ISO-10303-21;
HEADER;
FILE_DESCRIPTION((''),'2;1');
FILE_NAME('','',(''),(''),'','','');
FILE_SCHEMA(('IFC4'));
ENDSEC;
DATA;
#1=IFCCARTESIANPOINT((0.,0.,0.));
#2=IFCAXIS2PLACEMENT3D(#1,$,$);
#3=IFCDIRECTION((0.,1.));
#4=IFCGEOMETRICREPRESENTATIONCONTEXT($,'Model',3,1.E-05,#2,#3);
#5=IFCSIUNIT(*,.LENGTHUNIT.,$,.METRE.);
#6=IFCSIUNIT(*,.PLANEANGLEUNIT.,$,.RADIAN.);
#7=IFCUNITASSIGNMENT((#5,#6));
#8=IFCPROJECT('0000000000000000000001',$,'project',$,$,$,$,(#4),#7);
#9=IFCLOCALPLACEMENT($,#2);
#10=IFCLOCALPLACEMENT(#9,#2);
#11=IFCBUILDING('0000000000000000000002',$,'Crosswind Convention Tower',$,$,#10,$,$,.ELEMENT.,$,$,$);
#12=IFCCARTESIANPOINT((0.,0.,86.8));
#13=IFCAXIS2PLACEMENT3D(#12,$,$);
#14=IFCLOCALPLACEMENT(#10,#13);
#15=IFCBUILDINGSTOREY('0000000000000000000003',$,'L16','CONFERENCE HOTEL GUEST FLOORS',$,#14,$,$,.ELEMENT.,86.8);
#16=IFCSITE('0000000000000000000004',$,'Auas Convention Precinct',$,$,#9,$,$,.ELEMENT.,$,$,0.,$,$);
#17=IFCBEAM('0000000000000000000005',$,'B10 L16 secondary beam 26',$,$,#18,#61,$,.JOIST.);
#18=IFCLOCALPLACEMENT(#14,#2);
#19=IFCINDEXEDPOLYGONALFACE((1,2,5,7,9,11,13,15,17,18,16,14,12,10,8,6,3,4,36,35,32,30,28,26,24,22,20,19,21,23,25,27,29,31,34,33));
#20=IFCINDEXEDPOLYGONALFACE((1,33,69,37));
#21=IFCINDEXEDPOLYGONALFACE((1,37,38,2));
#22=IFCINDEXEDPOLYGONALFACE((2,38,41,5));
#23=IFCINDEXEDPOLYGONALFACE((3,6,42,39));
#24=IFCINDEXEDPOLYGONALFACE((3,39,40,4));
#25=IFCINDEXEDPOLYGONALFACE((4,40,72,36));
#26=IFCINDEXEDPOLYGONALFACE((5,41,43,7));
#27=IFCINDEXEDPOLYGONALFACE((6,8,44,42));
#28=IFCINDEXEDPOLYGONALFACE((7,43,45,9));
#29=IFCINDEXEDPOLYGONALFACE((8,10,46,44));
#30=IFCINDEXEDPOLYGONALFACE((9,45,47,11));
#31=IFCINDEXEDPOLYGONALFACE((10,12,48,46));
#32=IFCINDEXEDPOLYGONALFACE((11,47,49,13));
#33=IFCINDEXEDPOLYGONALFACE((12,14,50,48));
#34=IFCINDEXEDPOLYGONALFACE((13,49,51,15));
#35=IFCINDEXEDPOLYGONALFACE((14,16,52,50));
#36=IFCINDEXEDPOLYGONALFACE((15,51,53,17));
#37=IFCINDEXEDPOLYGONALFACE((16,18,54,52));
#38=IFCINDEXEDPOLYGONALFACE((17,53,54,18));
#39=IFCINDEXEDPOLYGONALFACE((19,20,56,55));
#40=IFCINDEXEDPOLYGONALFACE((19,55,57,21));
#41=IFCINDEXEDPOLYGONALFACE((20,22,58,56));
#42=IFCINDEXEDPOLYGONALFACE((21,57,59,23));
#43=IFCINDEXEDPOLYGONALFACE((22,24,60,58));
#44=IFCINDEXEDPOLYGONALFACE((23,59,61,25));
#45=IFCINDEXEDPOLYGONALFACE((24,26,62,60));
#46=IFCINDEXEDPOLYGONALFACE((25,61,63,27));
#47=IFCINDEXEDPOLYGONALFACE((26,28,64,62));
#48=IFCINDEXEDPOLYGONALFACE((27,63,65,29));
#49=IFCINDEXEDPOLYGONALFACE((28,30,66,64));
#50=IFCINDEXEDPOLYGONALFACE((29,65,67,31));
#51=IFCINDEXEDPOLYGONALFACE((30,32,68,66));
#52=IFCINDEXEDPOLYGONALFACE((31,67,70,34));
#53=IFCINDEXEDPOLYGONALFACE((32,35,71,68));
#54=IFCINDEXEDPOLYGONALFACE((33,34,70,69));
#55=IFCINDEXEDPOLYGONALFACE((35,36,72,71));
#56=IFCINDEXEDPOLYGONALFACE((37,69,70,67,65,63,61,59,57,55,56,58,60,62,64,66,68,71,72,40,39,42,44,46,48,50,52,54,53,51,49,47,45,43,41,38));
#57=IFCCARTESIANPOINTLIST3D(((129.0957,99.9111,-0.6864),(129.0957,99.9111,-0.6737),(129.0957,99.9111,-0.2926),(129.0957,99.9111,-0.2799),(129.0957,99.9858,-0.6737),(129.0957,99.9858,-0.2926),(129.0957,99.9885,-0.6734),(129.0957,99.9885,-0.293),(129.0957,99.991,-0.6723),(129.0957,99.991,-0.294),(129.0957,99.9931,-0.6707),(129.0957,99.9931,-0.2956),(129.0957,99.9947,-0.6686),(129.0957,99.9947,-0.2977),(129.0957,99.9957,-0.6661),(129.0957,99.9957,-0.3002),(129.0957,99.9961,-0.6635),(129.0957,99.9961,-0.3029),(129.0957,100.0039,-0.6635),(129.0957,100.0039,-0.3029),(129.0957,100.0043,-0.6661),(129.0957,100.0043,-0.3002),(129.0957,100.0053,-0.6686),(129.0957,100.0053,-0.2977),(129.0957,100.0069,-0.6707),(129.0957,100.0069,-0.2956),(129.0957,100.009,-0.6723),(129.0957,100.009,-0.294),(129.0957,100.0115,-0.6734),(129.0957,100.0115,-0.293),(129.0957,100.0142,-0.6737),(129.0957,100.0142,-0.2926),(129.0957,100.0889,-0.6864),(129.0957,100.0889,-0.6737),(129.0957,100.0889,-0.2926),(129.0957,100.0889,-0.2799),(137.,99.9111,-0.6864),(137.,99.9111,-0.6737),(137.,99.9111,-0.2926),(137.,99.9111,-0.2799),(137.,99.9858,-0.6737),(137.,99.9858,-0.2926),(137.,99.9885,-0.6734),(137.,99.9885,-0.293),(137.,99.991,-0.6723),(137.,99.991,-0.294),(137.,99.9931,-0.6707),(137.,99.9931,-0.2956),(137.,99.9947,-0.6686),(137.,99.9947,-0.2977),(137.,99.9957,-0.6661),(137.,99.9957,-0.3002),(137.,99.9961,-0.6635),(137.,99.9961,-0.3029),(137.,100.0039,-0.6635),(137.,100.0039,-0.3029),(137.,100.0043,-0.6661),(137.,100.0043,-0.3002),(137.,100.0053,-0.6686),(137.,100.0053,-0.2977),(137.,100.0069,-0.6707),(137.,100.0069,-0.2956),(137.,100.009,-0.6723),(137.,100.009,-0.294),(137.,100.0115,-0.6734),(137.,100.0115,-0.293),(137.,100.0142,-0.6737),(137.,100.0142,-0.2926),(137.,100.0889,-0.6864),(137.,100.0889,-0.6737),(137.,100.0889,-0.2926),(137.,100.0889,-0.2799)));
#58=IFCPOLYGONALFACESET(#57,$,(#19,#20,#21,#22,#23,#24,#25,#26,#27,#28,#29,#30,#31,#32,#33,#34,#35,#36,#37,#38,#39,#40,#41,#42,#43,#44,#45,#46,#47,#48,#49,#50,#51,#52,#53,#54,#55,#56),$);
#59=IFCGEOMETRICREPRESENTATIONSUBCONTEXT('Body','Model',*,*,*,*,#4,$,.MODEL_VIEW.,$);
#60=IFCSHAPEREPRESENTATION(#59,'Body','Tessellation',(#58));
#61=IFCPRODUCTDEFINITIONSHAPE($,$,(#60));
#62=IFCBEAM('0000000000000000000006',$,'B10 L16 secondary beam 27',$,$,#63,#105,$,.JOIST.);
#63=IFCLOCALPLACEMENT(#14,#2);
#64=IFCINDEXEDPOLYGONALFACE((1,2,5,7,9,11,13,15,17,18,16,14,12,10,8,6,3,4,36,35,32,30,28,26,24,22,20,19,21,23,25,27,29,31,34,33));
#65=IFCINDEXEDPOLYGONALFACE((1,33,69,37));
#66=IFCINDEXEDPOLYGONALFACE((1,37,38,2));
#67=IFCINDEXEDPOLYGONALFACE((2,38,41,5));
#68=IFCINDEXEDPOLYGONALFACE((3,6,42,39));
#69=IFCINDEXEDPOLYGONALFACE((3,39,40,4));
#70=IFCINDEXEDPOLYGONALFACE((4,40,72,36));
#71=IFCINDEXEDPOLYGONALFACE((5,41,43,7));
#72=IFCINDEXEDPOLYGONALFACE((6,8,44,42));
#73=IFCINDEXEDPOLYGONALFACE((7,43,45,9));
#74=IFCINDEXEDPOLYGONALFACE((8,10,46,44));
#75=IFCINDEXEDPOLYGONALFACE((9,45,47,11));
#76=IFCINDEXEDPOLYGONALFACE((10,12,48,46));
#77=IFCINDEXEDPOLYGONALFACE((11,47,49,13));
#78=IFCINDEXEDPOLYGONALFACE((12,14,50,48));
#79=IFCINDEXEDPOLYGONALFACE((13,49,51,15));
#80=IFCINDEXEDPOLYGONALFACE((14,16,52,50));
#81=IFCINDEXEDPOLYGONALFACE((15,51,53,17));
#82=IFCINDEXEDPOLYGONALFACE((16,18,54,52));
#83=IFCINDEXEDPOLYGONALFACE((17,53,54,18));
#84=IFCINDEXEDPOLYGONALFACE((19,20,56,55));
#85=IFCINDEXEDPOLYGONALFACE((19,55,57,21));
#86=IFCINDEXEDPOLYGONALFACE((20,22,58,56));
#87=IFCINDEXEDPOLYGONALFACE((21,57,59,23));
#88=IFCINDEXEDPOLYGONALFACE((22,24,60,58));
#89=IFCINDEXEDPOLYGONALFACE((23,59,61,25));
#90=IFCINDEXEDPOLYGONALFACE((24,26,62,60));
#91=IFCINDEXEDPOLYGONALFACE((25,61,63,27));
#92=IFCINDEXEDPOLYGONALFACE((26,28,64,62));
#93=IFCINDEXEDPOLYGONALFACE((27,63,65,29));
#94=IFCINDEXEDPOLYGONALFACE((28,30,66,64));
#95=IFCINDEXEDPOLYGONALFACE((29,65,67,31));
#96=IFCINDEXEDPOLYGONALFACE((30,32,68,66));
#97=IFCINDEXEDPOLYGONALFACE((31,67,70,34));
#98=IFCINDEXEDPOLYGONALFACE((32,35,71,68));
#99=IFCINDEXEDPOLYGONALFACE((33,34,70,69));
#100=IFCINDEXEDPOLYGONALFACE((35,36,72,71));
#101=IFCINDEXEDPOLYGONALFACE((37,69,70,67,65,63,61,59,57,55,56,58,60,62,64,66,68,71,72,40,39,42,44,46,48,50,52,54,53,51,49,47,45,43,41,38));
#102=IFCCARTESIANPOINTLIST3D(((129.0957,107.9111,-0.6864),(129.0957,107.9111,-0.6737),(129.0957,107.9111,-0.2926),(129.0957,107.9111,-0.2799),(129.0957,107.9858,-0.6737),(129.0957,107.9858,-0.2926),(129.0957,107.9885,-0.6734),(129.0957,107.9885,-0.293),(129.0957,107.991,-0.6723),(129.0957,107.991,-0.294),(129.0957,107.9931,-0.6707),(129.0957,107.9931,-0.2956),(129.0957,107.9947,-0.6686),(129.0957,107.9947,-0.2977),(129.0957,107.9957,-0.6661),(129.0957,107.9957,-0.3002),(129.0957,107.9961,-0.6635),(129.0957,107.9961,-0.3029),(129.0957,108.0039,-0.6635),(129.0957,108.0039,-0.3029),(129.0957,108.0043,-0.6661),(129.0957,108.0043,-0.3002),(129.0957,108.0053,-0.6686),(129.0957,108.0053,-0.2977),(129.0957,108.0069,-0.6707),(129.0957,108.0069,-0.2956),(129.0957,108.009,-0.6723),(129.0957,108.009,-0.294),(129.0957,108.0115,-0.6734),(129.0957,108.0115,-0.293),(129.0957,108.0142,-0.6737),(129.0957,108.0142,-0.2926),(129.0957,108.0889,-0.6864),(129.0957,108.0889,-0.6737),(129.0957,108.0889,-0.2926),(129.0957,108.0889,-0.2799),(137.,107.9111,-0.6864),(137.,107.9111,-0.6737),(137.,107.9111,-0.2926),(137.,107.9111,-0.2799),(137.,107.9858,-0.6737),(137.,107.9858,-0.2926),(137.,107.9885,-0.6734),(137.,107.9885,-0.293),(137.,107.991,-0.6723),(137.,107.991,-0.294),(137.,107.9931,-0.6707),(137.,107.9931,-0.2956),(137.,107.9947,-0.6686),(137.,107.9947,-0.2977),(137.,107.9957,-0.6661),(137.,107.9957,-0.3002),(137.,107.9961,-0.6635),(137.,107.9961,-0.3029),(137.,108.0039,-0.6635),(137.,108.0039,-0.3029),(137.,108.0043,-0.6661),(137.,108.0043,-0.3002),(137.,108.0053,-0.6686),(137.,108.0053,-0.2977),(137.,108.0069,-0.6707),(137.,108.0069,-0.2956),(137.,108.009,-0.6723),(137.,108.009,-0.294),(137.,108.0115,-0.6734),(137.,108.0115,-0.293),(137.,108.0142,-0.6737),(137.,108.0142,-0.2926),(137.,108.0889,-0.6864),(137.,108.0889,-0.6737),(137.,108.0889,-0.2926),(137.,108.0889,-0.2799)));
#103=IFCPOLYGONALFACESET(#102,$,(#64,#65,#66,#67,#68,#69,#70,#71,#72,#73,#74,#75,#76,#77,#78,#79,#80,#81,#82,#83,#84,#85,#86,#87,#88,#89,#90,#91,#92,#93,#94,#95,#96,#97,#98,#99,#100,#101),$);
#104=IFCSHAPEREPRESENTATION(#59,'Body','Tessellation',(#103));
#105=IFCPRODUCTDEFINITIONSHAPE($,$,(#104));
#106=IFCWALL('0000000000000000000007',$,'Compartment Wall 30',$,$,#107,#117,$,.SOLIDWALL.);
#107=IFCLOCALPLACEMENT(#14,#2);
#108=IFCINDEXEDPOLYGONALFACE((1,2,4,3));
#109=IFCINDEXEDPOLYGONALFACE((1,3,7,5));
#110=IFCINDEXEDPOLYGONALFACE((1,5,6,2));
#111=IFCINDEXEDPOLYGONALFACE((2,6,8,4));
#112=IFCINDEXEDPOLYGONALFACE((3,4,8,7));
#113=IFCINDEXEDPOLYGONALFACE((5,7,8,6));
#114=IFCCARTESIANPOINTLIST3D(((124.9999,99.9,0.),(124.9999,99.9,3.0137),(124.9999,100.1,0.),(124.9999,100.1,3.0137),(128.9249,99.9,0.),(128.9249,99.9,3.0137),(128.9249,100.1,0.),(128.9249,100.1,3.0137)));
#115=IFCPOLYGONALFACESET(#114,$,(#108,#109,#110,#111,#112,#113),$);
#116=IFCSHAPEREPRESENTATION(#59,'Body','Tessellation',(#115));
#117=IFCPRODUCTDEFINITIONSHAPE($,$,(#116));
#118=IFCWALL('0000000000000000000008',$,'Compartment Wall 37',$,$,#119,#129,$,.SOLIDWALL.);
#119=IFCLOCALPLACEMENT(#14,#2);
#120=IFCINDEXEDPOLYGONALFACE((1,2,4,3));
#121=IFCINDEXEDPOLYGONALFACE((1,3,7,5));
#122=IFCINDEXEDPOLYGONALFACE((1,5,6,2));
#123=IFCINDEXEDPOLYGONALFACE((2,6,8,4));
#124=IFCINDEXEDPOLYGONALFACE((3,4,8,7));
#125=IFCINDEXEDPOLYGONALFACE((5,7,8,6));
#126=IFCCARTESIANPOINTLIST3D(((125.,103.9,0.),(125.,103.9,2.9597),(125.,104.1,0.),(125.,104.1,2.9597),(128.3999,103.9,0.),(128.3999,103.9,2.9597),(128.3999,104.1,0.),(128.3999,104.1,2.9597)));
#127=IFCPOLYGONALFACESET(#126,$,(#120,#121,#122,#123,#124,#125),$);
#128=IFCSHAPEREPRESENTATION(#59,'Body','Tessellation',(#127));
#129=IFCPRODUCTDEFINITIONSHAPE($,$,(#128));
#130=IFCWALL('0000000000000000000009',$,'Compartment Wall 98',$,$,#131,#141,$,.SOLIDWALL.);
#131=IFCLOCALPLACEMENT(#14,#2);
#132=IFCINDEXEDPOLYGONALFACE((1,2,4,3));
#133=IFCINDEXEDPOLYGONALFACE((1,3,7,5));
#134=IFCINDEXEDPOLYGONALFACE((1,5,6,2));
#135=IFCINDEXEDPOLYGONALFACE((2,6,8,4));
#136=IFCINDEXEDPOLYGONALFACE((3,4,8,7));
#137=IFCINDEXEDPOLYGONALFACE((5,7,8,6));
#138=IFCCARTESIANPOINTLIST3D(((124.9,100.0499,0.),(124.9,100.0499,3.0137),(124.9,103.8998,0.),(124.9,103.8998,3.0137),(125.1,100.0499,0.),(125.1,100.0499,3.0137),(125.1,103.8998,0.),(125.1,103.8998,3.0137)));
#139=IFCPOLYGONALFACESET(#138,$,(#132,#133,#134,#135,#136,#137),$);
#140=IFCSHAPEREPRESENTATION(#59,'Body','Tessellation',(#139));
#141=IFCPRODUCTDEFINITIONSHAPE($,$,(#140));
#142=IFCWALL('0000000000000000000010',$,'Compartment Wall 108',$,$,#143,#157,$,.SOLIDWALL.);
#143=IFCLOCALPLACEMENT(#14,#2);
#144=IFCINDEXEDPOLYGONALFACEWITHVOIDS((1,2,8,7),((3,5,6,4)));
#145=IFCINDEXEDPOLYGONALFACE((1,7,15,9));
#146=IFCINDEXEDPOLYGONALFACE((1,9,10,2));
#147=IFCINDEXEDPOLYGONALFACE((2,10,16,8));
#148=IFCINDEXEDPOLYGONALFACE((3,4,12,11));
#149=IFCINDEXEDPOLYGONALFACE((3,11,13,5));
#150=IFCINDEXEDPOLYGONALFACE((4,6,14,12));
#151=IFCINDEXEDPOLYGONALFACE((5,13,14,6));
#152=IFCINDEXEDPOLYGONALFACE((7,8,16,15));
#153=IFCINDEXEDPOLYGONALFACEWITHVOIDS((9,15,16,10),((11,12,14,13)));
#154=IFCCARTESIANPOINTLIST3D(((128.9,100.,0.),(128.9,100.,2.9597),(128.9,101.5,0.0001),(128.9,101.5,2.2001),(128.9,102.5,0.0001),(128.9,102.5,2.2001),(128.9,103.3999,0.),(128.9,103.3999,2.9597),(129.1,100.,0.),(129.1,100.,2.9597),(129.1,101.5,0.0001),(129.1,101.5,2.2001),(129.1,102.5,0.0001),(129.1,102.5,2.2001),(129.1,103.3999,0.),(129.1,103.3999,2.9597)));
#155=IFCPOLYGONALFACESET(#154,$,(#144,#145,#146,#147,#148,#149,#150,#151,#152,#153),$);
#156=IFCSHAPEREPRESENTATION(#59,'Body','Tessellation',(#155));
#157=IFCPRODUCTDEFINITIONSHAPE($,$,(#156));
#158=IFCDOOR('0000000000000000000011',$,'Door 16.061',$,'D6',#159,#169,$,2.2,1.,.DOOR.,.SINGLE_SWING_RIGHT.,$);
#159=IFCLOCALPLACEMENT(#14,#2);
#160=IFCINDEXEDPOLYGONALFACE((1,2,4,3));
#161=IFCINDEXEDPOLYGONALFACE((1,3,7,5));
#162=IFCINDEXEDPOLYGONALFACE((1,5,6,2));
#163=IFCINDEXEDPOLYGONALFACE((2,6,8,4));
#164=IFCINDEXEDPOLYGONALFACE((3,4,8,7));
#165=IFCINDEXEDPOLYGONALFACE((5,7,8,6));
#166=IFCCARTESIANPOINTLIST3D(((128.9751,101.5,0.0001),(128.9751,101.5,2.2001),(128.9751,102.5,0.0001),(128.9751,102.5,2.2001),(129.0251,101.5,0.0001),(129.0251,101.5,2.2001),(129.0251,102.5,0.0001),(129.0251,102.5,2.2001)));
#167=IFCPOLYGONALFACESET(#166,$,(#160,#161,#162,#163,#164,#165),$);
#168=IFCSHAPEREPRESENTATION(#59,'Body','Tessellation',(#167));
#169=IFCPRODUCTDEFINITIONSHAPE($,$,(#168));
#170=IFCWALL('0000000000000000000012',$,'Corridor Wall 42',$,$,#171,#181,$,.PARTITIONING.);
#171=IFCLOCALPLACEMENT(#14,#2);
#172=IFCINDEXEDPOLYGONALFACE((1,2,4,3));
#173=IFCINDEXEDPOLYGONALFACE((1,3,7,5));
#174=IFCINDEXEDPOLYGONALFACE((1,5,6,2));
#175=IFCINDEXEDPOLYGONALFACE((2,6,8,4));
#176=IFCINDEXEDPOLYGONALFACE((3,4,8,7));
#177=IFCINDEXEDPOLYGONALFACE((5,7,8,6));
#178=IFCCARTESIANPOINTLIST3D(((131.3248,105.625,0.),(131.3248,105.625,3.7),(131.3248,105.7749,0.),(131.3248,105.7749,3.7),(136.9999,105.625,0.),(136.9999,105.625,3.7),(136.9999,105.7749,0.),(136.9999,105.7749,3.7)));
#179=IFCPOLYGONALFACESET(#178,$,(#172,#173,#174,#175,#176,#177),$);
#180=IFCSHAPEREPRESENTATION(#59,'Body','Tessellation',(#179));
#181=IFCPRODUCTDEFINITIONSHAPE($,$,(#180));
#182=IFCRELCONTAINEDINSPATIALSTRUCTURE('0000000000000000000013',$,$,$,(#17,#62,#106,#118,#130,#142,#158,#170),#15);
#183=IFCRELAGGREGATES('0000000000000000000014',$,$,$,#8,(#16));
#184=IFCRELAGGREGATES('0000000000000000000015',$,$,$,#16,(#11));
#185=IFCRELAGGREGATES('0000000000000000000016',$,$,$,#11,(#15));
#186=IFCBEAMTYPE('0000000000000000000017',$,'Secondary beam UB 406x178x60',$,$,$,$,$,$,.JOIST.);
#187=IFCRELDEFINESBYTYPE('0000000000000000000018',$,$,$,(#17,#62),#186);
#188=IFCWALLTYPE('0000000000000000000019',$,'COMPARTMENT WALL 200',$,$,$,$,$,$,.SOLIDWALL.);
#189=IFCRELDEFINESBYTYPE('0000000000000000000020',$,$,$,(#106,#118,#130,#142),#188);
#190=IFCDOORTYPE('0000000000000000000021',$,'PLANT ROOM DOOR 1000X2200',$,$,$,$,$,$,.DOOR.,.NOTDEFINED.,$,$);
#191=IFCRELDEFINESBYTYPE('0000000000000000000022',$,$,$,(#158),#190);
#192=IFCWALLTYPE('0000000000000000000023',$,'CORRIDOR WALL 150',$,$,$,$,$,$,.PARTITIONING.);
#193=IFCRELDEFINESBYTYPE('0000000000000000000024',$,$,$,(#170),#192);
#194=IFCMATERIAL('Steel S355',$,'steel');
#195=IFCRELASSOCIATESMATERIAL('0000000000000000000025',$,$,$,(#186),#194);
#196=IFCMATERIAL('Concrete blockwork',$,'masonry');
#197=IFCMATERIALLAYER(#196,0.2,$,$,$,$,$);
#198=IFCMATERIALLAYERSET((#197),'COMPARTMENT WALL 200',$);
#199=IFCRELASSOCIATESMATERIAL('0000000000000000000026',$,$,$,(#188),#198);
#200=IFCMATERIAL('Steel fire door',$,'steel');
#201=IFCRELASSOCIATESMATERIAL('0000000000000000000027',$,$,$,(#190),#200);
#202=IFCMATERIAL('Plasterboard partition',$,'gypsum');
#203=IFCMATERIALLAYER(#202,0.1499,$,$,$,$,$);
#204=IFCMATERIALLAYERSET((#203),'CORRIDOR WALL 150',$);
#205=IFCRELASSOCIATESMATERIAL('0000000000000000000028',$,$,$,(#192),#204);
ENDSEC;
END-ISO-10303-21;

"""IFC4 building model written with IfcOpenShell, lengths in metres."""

from ifc_helpers import new_model, si_unit, direction, frame, frame_2d, origin, origin_2d, place, context, subcontext, project, spatial, rectangle, i_section, extrude, material, layer, layer_set, material_profile, profile_set, type_object, element, fill, save


model = new_model("IFC4")

# Units and contexts
model_context = context("Model", 3, precision=1e-05, world=origin(), true_north=direction((0.0, 1.0)))
body_context = subcontext(model_context, "Body", "Model", "MODEL_VIEW")
ifc_project = project(units=[si_unit("LENGTHUNIT", "METRE"), si_unit("PLANEANGLEUNIT", "RADIAN")], contexts=[model_context])

# Site, building, storey
site_placement = place(None, origin())
site = spatial("IfcSite", under=ifc_project, at=site_placement, Name="Auas Convention Precinct", CompositionType="ELEMENT", RefElevation=0.0)
building_placement = place(site_placement, origin())
building = spatial("IfcBuilding", under=site, at=building_placement, Name="Crosswind Convention Tower", CompositionType="ELEMENT")
storey_placement = place(building_placement, frame((0.0, 0.0, 86.8)))
storey = spatial("IfcBuildingStorey", under=building, at=storey_placement, Name="L16", Description="CONFERENCE HOTEL GUEST FLOORS", CompositionType="ELEMENT", Elevation=86.8)

# Beams
ifc_material_1 = material(Name="Steel S355", Category="steel")
ifc_material_profile_1 = material_profile(ifc_material_1, i_section(OverallWidth=0.1777, OverallDepth=0.4065, WebThickness=0.0078, FlangeThickness=0.0127, FilletRadius=0.0103, at=origin_2d()), Name="UB 406x178x60")
ifc_profile_set_1 = profile_set([ifc_material_profile_1], Name="Steel S355")
beam_type_1 = type_object("IfcBeamType", Name="Secondary beam UB 406x178x60", PredefinedType="JOIST", material=ifc_profile_set_1)
for number, where, z_axis, x_axis, name in (
    (1, (129.0957, 100.0, -0.4832), (1.0, 0.0, 0.0), (0.0, 1.0, 0.0), "B10 L16 secondary beam 26"),
    (2, (129.0957, 108.0, -0.4832), (1.0, 0.0, 0.0), (0.0, 1.0, 0.0), "B10 L16 secondary beam 27"),
):
    element("IfcBeam", number, at=place(storey_placement, frame(where, z_axis=z_axis, x_axis=x_axis)), inside=storey, type_object=beam_type_1, Name=name, PredefinedType="JOIST", context=body_context, shape_type="SweptSolid", body=[
        extrude(i_section(OverallWidth=0.1777, OverallDepth=0.4065, WebThickness=0.0078, FlangeThickness=0.0127, FilletRadius=0.0103, at=origin_2d()), origin(), (0.0, 0.0, 1.0), 7.9043),
    ])

# Walls
ifc_material_2 = material(Name="Concrete blockwork", Category="masonry")
ifc_layer_1 = layer(ifc_material_2, 0.2)
ifc_layer_set_1 = layer_set([ifc_layer_1], Name="COMPARTMENT WALL 200")
wall_type_1 = type_object("IfcWallType", Name="COMPARTMENT WALL 200", PredefinedType="SOLIDWALL", material=ifc_layer_set_1)
wall_1_placement = place(storey_placement, frame((125.0, 100.0, 0.0), z_axis=(0.0, 0.0, 1.0), x_axis=(1.0, 0.0, 0.0)))
element("IfcWall", 3, at=wall_1_placement, inside=storey, type_object=wall_type_1, Name="Compartment Wall 30", PredefinedType="SOLIDWALL", context=body_context, shape_type="SweptSolid", body=[
    extrude(rectangle(XDim=3.925, YDim=0.2, at=frame_2d((1.9624, 0.0))), origin(), (0.0, 0.0, 1.0), 3.0137),
])
wall_2_placement = place(storey_placement, frame((125.0, 104.0, 0.0), z_axis=(0.0, 0.0, 1.0), x_axis=(1.0, 0.0, 0.0)))
element("IfcWall", 4, at=wall_2_placement, inside=storey, type_object=wall_type_1, Name="Compartment Wall 37", PredefinedType="SOLIDWALL", context=body_context, shape_type="SweptSolid", body=[
    extrude(rectangle(XDim=3.3999, YDim=0.2, at=frame_2d((1.7, 0.0))), origin(), (0.0, 0.0, 1.0), 2.9597),
])
wall_3_placement = place(storey_placement, frame((125.0, 100.05, 0.0), z_axis=(0.0, 0.0, 1.0), x_axis=(0.0, 1.0, 0.0)))
element("IfcWall", 5, at=wall_3_placement, inside=storey, type_object=wall_type_1, Name="Compartment Wall 98", PredefinedType="SOLIDWALL", context=body_context, shape_type="SweptSolid", body=[
    extrude(rectangle(XDim=3.8499, YDim=0.2, at=frame_2d((1.9248, 0.0))), origin(), (0.0, 0.0, 1.0), 3.0137),
])

# Wall, opening, door
wall_4_placement = place(storey_placement, frame((129.0, 100.0, 0.0), z_axis=(0.0, 0.0, 1.0), x_axis=(0.0, 1.0, 0.0)))
wall_4 = element("IfcWall", 6, at=wall_4_placement, inside=storey, type_object=wall_type_1, Name="Compartment Wall 108", PredefinedType="SOLIDWALL", context=body_context, shape_type="SweptSolid", body=[
    extrude(rectangle(XDim=3.3999, YDim=0.2, at=frame_2d((1.7, 0.0))), origin(), (0.0, 0.0, 1.0), 2.9597),
])
opening_1_placement = place(wall_4_placement, frame((1.5, 0.0, 0.0)))
opening_1 = element("IfcOpeningElement", 7, at=opening_1_placement, cuts=wall_4, PredefinedType="OPENING", context=body_context, shape_type="SweptSolid", body=[
    extrude(rectangle(XDim=1.0, YDim=2.2, at=frame_2d((0.5, 1.1001))), frame((0.0, 0.1099, 0.0), z_axis=(0.0, -1.0, 0.0), x_axis=(1.0, 0.0, 0.0)), (0.0, 0.0, 1.0), 0.22),
])
ifc_material_3 = material(Name="Steel fire door", Category="steel")
door_type_1 = type_object("IfcDoorType", Name="PLANT ROOM DOOR 1000X2200", OperationType="NOTDEFINED", PredefinedType="DOOR", material=ifc_material_3)
door_1_placement = place(opening_1_placement, origin())
door_1 = element("IfcDoor", 8, at=door_1_placement, inside=storey, type_object=door_type_1, Name="Door 16.061", ObjectType="D6", OperationType="SINGLE_SWING_RIGHT", OverallHeight=2.2, OverallWidth=1.0, PredefinedType="DOOR", context=body_context, shape_type="SweptSolid", body=[
    extrude(rectangle(XDim=1.0, YDim=2.2, at=frame_2d((0.5, 1.1001))), frame((0.0, 0.0249, 0.0), z_axis=(0.0, -1.0, 0.0), x_axis=(1.0, 0.0, 0.0)), (0.0, 0.0, 1.0), 0.05),
])
fill(opening_1, door_1)

# Wall
ifc_material_4 = material(Name="Plasterboard partition", Category="gypsum")
ifc_layer_2 = layer(ifc_material_4, 0.1499)
ifc_layer_set_2 = layer_set([ifc_layer_2], Name="CORRIDOR WALL 150")
wall_type_2 = type_object("IfcWallType", Name="CORRIDOR WALL 150", PredefinedType="PARTITIONING", material=ifc_layer_set_2)
wall_5_placement = place(storey_placement, frame((131.325, 105.7, 0.0), z_axis=(0.0, 0.0, 1.0), x_axis=(1.0, 0.0, 0.0)))
element("IfcWall", 9, at=wall_5_placement, inside=storey, type_object=wall_type_2, Name="Corridor Wall 42", PredefinedType="PARTITIONING", context=body_context, shape_type="SweptSolid", body=[
    extrude(rectangle(XDim=5.675, YDim=0.1499, at=frame_2d((2.8374, 0.0))), origin(), (0.0, 0.0, 1.0), 3.7),
])

save(model, "model.ifc")
